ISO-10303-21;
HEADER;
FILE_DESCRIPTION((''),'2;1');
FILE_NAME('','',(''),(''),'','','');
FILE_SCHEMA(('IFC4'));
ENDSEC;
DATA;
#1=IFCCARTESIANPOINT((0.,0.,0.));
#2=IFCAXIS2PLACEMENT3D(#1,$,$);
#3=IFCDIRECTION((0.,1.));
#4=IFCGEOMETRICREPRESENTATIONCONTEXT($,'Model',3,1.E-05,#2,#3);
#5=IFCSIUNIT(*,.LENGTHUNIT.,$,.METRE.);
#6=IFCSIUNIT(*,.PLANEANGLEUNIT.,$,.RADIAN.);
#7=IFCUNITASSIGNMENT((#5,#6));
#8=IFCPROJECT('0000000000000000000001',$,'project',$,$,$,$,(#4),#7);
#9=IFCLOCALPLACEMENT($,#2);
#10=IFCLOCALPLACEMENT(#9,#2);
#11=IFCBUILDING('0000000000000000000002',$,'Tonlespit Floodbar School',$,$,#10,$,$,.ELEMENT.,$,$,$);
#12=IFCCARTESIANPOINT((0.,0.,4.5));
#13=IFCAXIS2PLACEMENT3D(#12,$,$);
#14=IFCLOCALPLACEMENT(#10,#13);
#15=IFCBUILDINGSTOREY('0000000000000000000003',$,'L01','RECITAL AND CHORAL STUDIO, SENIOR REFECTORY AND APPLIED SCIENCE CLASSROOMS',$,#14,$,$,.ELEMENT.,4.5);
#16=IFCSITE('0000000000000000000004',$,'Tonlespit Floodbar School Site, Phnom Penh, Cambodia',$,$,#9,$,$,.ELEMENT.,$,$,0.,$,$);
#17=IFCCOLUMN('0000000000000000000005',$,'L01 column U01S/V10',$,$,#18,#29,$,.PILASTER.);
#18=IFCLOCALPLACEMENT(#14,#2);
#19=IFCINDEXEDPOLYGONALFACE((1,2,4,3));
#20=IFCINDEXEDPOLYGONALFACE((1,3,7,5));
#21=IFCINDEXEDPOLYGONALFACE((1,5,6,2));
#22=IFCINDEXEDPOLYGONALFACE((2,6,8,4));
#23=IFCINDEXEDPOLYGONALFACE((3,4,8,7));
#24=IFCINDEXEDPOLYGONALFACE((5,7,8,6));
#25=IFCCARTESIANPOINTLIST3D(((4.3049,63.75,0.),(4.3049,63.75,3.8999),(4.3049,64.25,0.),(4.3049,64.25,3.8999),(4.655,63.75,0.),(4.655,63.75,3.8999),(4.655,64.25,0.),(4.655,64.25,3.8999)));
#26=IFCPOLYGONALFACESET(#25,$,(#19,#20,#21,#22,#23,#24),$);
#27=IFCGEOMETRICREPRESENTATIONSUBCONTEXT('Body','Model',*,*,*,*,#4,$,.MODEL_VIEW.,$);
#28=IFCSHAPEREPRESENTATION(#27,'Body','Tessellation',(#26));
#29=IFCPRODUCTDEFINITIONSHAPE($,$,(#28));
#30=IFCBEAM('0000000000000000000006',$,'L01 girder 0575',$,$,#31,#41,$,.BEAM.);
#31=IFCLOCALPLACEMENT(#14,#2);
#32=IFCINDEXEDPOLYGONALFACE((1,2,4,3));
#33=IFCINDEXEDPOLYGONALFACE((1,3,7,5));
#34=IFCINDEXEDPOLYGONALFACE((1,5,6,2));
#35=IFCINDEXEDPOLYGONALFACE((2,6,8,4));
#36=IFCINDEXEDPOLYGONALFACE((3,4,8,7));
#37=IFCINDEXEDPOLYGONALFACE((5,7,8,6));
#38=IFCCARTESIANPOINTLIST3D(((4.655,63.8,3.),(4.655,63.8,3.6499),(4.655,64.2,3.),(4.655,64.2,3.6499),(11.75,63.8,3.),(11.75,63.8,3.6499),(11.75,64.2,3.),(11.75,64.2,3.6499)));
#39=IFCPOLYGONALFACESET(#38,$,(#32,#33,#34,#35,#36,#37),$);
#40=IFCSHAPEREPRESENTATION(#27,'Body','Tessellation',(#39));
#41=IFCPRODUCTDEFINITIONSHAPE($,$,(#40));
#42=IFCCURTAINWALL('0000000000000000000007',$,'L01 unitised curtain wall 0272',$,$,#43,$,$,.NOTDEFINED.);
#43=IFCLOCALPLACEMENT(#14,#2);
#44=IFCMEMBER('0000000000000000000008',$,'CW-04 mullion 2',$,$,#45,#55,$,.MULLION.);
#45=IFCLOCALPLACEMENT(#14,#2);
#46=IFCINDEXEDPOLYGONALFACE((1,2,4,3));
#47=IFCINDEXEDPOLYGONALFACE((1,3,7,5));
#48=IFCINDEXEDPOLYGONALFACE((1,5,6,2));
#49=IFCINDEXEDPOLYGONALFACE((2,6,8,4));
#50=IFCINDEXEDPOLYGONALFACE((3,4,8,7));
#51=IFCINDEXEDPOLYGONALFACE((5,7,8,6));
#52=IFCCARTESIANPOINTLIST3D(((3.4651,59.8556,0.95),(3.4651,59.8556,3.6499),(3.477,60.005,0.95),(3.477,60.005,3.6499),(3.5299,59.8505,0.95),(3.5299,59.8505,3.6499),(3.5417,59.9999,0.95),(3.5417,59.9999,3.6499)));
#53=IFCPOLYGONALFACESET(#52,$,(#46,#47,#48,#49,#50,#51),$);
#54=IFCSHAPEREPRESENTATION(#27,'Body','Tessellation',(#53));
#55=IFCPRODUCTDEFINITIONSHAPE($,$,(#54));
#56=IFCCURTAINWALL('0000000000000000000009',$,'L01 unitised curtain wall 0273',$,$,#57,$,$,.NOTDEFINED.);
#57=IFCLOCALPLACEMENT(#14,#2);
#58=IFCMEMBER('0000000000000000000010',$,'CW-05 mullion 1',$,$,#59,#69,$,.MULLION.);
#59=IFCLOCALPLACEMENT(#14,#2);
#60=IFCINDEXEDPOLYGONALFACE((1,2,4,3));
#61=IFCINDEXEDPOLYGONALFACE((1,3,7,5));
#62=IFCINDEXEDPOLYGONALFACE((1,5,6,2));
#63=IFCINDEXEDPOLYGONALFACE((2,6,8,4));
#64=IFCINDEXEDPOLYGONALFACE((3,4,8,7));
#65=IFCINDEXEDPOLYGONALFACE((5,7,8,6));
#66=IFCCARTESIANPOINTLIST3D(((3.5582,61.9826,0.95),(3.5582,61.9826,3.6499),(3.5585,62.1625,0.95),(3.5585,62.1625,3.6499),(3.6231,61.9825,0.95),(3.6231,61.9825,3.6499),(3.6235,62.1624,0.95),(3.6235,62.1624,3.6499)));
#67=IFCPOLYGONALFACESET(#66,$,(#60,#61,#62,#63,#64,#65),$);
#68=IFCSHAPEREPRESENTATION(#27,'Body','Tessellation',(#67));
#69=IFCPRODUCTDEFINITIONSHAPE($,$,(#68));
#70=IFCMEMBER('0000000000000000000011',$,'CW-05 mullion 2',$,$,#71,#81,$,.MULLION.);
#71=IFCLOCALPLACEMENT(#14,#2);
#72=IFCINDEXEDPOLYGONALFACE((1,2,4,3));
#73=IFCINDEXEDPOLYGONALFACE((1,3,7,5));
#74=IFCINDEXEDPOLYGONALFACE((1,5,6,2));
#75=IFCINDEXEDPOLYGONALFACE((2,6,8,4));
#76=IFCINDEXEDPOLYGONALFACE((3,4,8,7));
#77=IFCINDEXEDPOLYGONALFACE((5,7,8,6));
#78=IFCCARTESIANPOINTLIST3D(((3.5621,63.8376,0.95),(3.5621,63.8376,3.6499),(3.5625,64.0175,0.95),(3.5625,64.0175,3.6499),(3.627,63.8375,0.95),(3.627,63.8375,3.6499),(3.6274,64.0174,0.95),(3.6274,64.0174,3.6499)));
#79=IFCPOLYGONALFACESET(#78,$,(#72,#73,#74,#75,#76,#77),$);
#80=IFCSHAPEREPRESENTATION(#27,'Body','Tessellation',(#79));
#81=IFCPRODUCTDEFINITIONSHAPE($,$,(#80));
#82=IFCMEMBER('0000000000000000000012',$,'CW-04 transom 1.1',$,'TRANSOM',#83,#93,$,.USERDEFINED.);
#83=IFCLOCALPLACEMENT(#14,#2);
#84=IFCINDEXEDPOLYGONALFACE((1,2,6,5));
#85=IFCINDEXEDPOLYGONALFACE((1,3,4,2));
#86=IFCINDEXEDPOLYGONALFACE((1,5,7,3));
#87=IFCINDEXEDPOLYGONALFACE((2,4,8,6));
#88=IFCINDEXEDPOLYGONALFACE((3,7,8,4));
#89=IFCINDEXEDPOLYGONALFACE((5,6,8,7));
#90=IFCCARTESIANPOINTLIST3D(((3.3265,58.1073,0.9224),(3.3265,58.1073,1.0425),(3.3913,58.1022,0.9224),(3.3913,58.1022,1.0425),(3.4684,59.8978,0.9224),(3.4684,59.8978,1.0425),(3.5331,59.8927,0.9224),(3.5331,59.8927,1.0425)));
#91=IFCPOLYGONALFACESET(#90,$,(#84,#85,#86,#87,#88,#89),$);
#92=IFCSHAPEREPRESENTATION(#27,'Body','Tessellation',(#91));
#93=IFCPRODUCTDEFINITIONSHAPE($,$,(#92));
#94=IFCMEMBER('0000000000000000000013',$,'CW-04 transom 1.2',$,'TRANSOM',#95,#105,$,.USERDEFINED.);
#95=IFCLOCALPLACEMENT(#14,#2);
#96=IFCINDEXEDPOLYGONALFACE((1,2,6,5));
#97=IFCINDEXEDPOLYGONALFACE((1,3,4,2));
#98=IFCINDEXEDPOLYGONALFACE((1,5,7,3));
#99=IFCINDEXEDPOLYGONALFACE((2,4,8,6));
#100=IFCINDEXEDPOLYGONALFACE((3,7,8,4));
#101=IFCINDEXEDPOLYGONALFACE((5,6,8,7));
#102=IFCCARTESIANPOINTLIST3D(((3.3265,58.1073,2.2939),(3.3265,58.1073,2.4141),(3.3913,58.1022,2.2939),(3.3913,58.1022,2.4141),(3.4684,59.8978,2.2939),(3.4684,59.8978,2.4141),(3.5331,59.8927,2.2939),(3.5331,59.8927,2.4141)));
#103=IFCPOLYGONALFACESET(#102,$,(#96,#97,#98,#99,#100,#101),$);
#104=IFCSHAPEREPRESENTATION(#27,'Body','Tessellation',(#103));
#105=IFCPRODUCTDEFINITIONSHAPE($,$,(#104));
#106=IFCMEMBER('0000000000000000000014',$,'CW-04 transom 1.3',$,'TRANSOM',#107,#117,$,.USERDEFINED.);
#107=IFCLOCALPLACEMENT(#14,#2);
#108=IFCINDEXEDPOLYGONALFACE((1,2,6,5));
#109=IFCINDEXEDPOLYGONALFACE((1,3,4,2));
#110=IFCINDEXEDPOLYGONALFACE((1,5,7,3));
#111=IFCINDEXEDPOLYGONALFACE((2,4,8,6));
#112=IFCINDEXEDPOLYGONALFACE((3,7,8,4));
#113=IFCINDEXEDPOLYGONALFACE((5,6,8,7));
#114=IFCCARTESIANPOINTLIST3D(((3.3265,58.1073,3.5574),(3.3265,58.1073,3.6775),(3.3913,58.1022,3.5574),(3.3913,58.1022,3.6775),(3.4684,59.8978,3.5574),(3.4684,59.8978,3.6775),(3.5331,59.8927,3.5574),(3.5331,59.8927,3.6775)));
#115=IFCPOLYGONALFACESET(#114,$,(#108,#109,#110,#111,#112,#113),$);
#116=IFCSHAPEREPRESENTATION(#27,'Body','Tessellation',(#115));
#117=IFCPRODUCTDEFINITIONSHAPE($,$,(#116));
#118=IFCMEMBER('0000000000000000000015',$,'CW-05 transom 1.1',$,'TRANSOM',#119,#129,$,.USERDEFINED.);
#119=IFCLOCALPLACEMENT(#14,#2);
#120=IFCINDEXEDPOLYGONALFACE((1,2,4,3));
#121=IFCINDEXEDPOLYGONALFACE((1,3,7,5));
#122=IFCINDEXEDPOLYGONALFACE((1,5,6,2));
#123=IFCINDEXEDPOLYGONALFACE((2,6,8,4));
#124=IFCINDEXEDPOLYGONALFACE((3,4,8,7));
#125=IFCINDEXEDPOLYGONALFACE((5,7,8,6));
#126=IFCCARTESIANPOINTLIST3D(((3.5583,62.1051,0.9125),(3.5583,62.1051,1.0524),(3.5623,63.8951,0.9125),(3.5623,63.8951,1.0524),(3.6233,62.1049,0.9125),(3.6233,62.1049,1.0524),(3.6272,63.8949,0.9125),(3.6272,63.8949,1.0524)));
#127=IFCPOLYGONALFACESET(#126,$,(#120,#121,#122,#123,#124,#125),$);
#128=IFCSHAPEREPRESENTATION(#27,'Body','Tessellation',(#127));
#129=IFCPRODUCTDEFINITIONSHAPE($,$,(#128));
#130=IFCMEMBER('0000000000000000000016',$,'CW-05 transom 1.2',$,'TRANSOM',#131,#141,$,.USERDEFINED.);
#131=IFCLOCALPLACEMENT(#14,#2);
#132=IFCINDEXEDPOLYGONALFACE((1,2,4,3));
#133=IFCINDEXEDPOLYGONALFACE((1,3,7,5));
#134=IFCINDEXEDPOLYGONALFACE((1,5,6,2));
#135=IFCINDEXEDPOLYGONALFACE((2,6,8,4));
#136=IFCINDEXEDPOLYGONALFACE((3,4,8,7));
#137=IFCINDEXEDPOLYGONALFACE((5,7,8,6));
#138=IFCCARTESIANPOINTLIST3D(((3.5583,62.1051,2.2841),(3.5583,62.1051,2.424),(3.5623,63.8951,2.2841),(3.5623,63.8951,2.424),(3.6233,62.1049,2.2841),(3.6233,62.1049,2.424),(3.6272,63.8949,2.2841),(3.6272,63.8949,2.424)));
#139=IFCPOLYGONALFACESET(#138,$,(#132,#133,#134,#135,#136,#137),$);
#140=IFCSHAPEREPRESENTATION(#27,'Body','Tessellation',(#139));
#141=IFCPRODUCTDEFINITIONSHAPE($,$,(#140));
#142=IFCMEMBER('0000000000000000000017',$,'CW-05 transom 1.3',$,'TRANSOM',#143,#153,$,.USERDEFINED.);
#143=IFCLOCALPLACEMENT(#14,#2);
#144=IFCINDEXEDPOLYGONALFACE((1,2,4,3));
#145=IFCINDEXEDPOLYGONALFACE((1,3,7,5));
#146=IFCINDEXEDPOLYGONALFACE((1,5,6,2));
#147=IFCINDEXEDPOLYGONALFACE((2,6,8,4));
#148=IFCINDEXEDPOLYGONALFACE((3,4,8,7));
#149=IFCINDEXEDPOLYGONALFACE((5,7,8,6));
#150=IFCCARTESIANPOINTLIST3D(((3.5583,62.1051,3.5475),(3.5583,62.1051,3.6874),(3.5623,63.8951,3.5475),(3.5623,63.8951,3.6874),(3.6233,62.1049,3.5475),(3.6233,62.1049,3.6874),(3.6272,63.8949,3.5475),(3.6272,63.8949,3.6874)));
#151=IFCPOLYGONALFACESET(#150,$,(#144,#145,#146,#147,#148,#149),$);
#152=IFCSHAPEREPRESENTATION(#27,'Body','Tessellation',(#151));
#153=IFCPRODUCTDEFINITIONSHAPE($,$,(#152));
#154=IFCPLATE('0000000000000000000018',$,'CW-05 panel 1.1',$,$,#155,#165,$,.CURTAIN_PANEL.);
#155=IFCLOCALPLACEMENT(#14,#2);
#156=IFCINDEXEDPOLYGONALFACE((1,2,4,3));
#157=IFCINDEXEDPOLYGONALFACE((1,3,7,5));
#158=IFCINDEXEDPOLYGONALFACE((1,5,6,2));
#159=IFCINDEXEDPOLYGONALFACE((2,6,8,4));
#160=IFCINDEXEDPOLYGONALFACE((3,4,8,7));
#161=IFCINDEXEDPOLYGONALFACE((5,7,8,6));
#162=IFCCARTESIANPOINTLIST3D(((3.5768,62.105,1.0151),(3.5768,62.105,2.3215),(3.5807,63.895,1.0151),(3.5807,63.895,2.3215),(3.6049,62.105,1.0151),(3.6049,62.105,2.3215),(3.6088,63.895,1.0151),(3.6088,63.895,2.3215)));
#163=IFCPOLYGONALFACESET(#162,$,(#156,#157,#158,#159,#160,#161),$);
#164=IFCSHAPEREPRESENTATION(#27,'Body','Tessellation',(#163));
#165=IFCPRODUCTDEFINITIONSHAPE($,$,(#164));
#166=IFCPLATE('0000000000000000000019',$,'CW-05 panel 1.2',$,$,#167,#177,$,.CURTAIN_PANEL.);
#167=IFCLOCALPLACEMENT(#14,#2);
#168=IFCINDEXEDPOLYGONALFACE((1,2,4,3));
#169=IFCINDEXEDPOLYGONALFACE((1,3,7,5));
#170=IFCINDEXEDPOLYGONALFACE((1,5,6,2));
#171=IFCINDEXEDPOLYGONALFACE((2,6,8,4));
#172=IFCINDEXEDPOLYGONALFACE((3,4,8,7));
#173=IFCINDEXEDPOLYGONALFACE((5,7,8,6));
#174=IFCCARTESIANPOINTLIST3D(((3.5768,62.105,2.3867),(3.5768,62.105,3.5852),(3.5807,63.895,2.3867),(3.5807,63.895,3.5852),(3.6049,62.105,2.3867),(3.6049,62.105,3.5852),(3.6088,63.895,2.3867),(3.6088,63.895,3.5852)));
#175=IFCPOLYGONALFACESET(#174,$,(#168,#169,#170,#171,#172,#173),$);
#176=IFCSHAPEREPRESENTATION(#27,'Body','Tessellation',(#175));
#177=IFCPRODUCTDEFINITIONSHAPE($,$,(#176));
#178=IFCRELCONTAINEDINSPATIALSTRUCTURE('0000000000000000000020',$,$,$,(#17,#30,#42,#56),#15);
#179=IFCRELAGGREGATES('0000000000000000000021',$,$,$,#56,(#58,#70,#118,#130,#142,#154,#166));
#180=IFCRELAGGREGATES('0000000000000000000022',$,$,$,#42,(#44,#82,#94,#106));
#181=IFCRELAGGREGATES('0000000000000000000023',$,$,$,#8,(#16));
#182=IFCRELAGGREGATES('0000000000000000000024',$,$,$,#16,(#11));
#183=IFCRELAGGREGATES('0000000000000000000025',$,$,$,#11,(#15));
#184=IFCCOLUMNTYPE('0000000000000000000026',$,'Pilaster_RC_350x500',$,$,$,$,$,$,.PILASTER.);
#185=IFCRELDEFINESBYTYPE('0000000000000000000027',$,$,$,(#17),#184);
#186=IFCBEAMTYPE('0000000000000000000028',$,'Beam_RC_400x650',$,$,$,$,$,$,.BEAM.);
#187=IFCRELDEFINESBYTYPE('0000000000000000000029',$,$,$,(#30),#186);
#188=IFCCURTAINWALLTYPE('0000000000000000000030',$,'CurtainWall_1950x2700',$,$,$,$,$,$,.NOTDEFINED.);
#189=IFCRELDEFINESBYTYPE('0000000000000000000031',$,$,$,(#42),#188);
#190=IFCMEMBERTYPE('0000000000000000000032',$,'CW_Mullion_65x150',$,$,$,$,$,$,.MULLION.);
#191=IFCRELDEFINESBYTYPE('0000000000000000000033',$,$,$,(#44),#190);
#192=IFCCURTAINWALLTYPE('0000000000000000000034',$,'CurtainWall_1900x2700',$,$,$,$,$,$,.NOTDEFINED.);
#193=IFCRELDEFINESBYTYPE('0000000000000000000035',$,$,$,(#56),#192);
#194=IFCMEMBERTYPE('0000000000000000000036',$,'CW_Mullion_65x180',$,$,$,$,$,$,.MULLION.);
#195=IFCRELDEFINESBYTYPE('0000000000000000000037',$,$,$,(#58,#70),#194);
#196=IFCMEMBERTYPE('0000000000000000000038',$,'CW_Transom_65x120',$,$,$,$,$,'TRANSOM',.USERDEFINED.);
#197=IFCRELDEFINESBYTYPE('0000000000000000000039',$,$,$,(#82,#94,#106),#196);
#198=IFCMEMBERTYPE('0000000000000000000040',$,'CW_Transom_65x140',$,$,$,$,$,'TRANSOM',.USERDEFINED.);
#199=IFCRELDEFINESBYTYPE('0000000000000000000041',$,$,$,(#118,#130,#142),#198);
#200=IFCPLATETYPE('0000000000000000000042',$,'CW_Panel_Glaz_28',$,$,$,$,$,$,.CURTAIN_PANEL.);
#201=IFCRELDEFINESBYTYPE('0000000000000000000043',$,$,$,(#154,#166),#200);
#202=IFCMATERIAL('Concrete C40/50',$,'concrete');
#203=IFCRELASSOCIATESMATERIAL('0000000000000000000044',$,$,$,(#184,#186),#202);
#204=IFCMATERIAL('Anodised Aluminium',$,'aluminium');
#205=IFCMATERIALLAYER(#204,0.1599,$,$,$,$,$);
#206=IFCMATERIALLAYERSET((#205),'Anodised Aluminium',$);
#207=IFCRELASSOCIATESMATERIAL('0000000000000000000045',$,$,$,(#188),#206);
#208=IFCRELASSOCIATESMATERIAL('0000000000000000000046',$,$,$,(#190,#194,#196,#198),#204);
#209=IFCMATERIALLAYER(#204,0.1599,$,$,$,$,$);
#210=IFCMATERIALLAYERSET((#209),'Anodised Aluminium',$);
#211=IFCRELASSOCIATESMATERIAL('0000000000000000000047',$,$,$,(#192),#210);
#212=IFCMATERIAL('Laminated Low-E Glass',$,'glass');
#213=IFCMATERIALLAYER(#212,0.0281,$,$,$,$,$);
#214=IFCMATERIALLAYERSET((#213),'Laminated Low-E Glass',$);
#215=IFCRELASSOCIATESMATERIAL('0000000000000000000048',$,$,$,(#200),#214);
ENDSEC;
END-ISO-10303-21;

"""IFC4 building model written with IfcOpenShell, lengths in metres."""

from ifc_helpers import new_model, si_unit, direction, frame, origin, origin_2d, place, context, subcontext, project, spatial, rectangle, extrude, material, layer, layer_set, material_profile, profile_set, type_object, element, aggregate, save


model = new_model("IFC4")

# Units and contexts
model_context = context("Model", 3, precision=1e-05, world=origin(), true_north=direction((0.0, 1.0)))
body_context = subcontext(model_context, "Body", "Model", "MODEL_VIEW")
ifc_project = project(units=[si_unit("LENGTHUNIT", "METRE"), si_unit("PLANEANGLEUNIT", "RADIAN")], contexts=[model_context])

# Site, building, storey
site_placement = place(None, origin())
site = spatial("IfcSite", under=ifc_project, at=site_placement, Name="Tonlespit Floodbar School Site, Phnom Penh, Cambodia", CompositionType="ELEMENT", RefElevation=0.0)
building_placement = place(site_placement, origin())
building = spatial("IfcBuilding", under=site, at=building_placement, Name="Tonlespit Floodbar School", CompositionType="ELEMENT")
storey_placement = place(building_placement, frame((0.0, 0.0, 4.5)))
storey = spatial("IfcBuildingStorey", under=building, at=storey_placement, Name="L01", Description="RECITAL AND CHORAL STUDIO, SENIOR REFECTORY AND APPLIED SCIENCE CLASSROOMS", CompositionType="ELEMENT", Elevation=4.5)

# Column
ifc_material_1 = material(Name="Concrete C40/50", Category="concrete")
ifc_material_profile_1 = material_profile(ifc_material_1, rectangle(XDim=0.3501, YDim=0.5, at=origin_2d()), Name="RC 350x500")
ifc_profile_set_1 = profile_set([ifc_material_profile_1], Name="Concrete C40/50")
column_type = type_object("IfcColumnType", Name="Pilaster_RC_350x500", PredefinedType="PILASTER", material=ifc_profile_set_1)
column_placement = place(storey_placement, frame((4.48, 64.0, 0.0), z_axis=(0.0, 0.0, 1.0), x_axis=(1.0, 0.0, 0.0)))
element("IfcColumn", 1, at=column_placement, inside=storey, type_object=column_type, Name="L01 column U01S/V10", PredefinedType="PILASTER", context=body_context, shape_type="SweptSolid", body=[
    extrude(rectangle(XDim=0.3501, YDim=0.5, at=origin_2d()), origin(), (0.0, 0.0, 1.0), 3.8999),
])

# Beam
ifc_material_profile_2 = material_profile(ifc_material_1, rectangle(XDim=0.3999, YDim=0.6499, at=origin_2d()), Name="RC 400x650")
ifc_profile_set_2 = profile_set([ifc_material_profile_2], Name="Concrete C40/50")
beam_type = type_object("IfcBeamType", Name="Beam_RC_400x650", PredefinedType="BEAM", material=ifc_profile_set_2)
beam_placement = place(storey_placement, frame((4.655, 64.0, 3.325), z_axis=(1.0, 0.0, 0.0), x_axis=(0.0, 1.0, 0.0)))
element("IfcBeam", 2, at=beam_placement, inside=storey, type_object=beam_type, Name="L01 girder 0575", PredefinedType="BEAM", context=body_context, shape_type="SweptSolid", body=[
    extrude(rectangle(XDim=0.3999, YDim=0.6499, at=origin_2d()), origin(), (0.0, 0.0, 1.0), 7.095),
])

# Curtain wall, member
ifc_material_2 = material(Name="Anodised Aluminium", Category="aluminium")
ifc_layer_1 = layer(ifc_material_2, 0.1599)
ifc_layer_set_1 = layer_set([ifc_layer_1], Name="Anodised Aluminium")
curtain_wall_type_1 = type_object("IfcCurtainWallType", Name="CurtainWall_1950x2700", PredefinedType="NOTDEFINED", material=ifc_layer_set_1)
curtain_wall_1_placement = place(storey_placement, origin())
curtain_wall_1 = element("IfcCurtainWall", 3, at=curtain_wall_1_placement, inside=storey, type_object=curtain_wall_type_1, Name="L01 unitised curtain wall 0272", PredefinedType="NOTDEFINED")
ifc_material_profile_3 = material_profile(ifc_material_2, rectangle(XDim=0.0649, YDim=0.1499, at=origin_2d()), Name="ALU M65x150")
ifc_profile_set_3 = profile_set([ifc_material_profile_3], Name="Anodised Aluminium")
member_type_1 = type_object("IfcMemberType", Name="CW_Mullion_65x150", PredefinedType="MULLION", material=ifc_profile_set_3)
member_1_placement = place(storey_placement, frame((3.5034, 59.9277, 0.95), z_axis=(0.0, 0.0, 1.0), x_axis=(-0.996878, 0.078963, 0.0)))
member_1 = element("IfcMember", 4, at=member_1_placement, type_object=member_type_1, Name="CW-04 mullion 2", PredefinedType="MULLION", context=body_context, shape_type="SweptSolid", body=[
    extrude(rectangle(XDim=0.0649, YDim=0.1499, at=origin_2d()), origin(), (0.0, 0.0, 1.0), 2.7),
])

# Curtain wall, members
ifc_layer_2 = layer(ifc_material_2, 0.1599)
ifc_layer_set_2 = layer_set([ifc_layer_2], Name="Anodised Aluminium")
curtain_wall_type_2 = type_object("IfcCurtainWallType", Name="CurtainWall_1900x2700", PredefinedType="NOTDEFINED", material=ifc_layer_set_2)
curtain_wall_2_placement = place(storey_placement, origin())
curtain_wall_2 = element("IfcCurtainWall", 5, at=curtain_wall_2_placement, inside=storey, type_object=curtain_wall_type_2, Name="L01 unitised curtain wall 0273", PredefinedType="NOTDEFINED")
ifc_material_profile_4 = material_profile(ifc_material_2, rectangle(XDim=0.0649, YDim=0.1799, at=origin_2d()), Name="ALU M65x180")
ifc_profile_set_4 = profile_set([ifc_material_profile_4], Name="Anodised Aluminium")
member_type_2 = type_object("IfcMemberType", Name="CW_Mullion_65x180", PredefinedType="MULLION", material=ifc_profile_set_4)
member_2_placement = place(storey_placement, frame((3.5908, 62.0725, 0.95), z_axis=(0.0, 0.0, 1.0), x_axis=(-0.999998, 0.002187, 0.0)))
member_2 = element("IfcMember", 6, at=member_2_placement, type_object=member_type_2, Name="CW-05 mullion 1", PredefinedType="MULLION", context=body_context, shape_type="SweptSolid", body=[
    extrude(rectangle(XDim=0.0649, YDim=0.1799, at=origin_2d()), origin(), (0.0, 0.0, 1.0), 2.7),
])
member_3_placement = place(storey_placement, frame((3.5947, 63.9275, 0.95), z_axis=(0.0, 0.0, 1.0), x_axis=(-0.999998, 0.002187, 0.0)))
member_3 = element("IfcMember", 7, at=member_3_placement, type_object=member_type_2, Name="CW-05 mullion 2", PredefinedType="MULLION", context=body_context, shape_type="SweptSolid", body=[
    extrude(rectangle(XDim=0.0649, YDim=0.1799, at=origin_2d()), origin(), (0.0, 0.0, 1.0), 2.7),
])

# Members
ifc_material_profile_5 = material_profile(ifc_material_2, rectangle(XDim=0.0649, YDim=0.1201, at=origin_2d()), Name="ALU T65x120")
ifc_profile_set_5 = profile_set([ifc_material_profile_5], Name="Anodised Aluminium")
member_type_3 = type_object("IfcMemberType", Name="CW_Transom_65x120", ElementType="TRANSOM", PredefinedType="USERDEFINED", material=ifc_profile_set_5)
member_4_placement = place(storey_placement, frame((3.3589, 58.1047, 0.9824), z_axis=(0.078973, 0.996877, 0.0), x_axis=(-0.996877, 0.078973, 0.0)))
member_4 = element("IfcMember", 8, at=member_4_placement, type_object=member_type_3, Name="CW-04 transom 1.1", ObjectType="TRANSOM", PredefinedType="USERDEFINED", context=body_context, shape_type="SweptSolid", body=[
    extrude(rectangle(XDim=0.0649, YDim=0.1201, at=origin_2d()), origin(), (0.0, 0.0, 1.0), 1.7961),
])
member_5_placement = place(storey_placement, frame((3.3589, 58.1047, 2.354), z_axis=(0.078973, 0.996877, 0.0), x_axis=(-0.996877, 0.078973, 0.0)))
member_5 = element("IfcMember", 9, at=member_5_placement, type_object=member_type_3, Name="CW-04 transom 1.2", ObjectType="TRANSOM", PredefinedType="USERDEFINED", context=body_context, shape_type="SweptSolid", body=[
    extrude(rectangle(XDim=0.0649, YDim=0.1201, at=origin_2d()), origin(), (0.0, 0.0, 1.0), 1.7961),
])
member_6_placement = place(storey_placement, frame((3.3589, 58.1047, 3.6174), z_axis=(0.078973, 0.996877, 0.0), x_axis=(-0.996877, 0.078973, 0.0)))
member_6 = element("IfcMember", 10, at=member_6_placement, type_object=member_type_3, Name="CW-04 transom 1.3", ObjectType="TRANSOM", PredefinedType="USERDEFINED", context=body_context, shape_type="SweptSolid", body=[
    extrude(rectangle(XDim=0.0649, YDim=0.1201, at=origin_2d()), origin(), (0.0, 0.0, 1.0), 1.7961),
])
ifc_material_profile_6 = material_profile(ifc_material_2, rectangle(XDim=0.0649, YDim=0.1399, at=origin_2d()), Name="ALU T65x140")
ifc_profile_set_6 = profile_set([ifc_material_profile_6], Name="Anodised Aluminium")
member_type_4 = type_object("IfcMemberType", Name="CW_Transom_65x140", ElementType="TRANSOM", PredefinedType="USERDEFINED", material=ifc_profile_set_6)
member_7_placement = place(storey_placement, frame((3.5908, 62.105, 0.9824), z_axis=(0.002182, 0.999998, 0.0), x_axis=(-0.999998, 0.002182, 0.0)))
member_7 = element("IfcMember", 11, at=member_7_placement, type_object=member_type_4, Name="CW-05 transom 1.1", ObjectType="TRANSOM", PredefinedType="USERDEFINED", context=body_context, shape_type="SweptSolid", body=[
    extrude(rectangle(XDim=0.0649, YDim=0.1399, at=origin_2d()), origin(), (0.0, 0.0, 1.0), 1.79),
])
member_8_placement = place(storey_placement, frame((3.5908, 62.105, 2.354), z_axis=(0.002182, 0.999998, 0.0), x_axis=(-0.999998, 0.002182, 0.0)))
member_8 = element("IfcMember", 12, at=member_8_placement, type_object=member_type_4, Name="CW-05 transom 1.2", ObjectType="TRANSOM", PredefinedType="USERDEFINED", context=body_context, shape_type="SweptSolid", body=[
    extrude(rectangle(XDim=0.0649, YDim=0.1399, at=origin_2d()), origin(), (0.0, 0.0, 1.0), 1.79),
])
member_9_placement = place(storey_placement, frame((3.5908, 62.105, 3.6174), z_axis=(0.002182, 0.999998, 0.0), x_axis=(-0.999998, 0.002182, 0.0)))
member_9 = element("IfcMember", 13, at=member_9_placement, type_object=member_type_4, Name="CW-05 transom 1.3", ObjectType="TRANSOM", PredefinedType="USERDEFINED", context=body_context, shape_type="SweptSolid", body=[
    extrude(rectangle(XDim=0.0649, YDim=0.1399, at=origin_2d()), origin(), (0.0, 0.0, 1.0), 1.79),
])

# Plates
ifc_material_3 = material(Name="Laminated Low-E Glass", Category="glass")
ifc_layer_3 = layer(ifc_material_3, 0.0281)
ifc_layer_set_3 = layer_set([ifc_layer_3], Name="Laminated Low-E Glass")
plate_type_1 = type_object("IfcPlateType", Name="CW_Panel_Glaz_28", PredefinedType="CURTAIN_PANEL", material=ifc_layer_set_3)
plate_1_placement = place(storey_placement, frame((3.5928, 63.0, 1.0151), z_axis=(0.0, 0.0, 1.0), x_axis=(0.002187, 0.999998, 0.0)))
plate_1 = element("IfcPlate", 14, at=plate_1_placement, type_object=plate_type_1, Name="CW-05 panel 1.1", PredefinedType="CURTAIN_PANEL", context=body_context, shape_type="SweptSolid", body=[
    extrude(rectangle(XDim=1.79, YDim=0.0281, at=origin_2d()), origin(), (0.0, 0.0, 1.0), 1.3064),
])
plate_2_placement = place(storey_placement, frame((3.5928, 63.0, 2.3867), z_axis=(0.0, 0.0, 1.0), x_axis=(0.002187, 0.999998, 0.0)))
plate_2 = element("IfcPlate", 15, at=plate_2_placement, type_object=plate_type_1, Name="CW-05 panel 1.2", PredefinedType="CURTAIN_PANEL", context=body_context, shape_type="SweptSolid", body=[
    extrude(rectangle(XDim=1.79, YDim=0.0281, at=origin_2d()), origin(), (0.0, 0.0, 1.0), 1.1985),
])
aggregate(curtain_wall_2, [member_2, member_3, member_7, member_8, member_9, plate_1, plate_2])
aggregate(curtain_wall_1, [member_1, member_4, member_5, member_6])

save(model, "model.ifc")
